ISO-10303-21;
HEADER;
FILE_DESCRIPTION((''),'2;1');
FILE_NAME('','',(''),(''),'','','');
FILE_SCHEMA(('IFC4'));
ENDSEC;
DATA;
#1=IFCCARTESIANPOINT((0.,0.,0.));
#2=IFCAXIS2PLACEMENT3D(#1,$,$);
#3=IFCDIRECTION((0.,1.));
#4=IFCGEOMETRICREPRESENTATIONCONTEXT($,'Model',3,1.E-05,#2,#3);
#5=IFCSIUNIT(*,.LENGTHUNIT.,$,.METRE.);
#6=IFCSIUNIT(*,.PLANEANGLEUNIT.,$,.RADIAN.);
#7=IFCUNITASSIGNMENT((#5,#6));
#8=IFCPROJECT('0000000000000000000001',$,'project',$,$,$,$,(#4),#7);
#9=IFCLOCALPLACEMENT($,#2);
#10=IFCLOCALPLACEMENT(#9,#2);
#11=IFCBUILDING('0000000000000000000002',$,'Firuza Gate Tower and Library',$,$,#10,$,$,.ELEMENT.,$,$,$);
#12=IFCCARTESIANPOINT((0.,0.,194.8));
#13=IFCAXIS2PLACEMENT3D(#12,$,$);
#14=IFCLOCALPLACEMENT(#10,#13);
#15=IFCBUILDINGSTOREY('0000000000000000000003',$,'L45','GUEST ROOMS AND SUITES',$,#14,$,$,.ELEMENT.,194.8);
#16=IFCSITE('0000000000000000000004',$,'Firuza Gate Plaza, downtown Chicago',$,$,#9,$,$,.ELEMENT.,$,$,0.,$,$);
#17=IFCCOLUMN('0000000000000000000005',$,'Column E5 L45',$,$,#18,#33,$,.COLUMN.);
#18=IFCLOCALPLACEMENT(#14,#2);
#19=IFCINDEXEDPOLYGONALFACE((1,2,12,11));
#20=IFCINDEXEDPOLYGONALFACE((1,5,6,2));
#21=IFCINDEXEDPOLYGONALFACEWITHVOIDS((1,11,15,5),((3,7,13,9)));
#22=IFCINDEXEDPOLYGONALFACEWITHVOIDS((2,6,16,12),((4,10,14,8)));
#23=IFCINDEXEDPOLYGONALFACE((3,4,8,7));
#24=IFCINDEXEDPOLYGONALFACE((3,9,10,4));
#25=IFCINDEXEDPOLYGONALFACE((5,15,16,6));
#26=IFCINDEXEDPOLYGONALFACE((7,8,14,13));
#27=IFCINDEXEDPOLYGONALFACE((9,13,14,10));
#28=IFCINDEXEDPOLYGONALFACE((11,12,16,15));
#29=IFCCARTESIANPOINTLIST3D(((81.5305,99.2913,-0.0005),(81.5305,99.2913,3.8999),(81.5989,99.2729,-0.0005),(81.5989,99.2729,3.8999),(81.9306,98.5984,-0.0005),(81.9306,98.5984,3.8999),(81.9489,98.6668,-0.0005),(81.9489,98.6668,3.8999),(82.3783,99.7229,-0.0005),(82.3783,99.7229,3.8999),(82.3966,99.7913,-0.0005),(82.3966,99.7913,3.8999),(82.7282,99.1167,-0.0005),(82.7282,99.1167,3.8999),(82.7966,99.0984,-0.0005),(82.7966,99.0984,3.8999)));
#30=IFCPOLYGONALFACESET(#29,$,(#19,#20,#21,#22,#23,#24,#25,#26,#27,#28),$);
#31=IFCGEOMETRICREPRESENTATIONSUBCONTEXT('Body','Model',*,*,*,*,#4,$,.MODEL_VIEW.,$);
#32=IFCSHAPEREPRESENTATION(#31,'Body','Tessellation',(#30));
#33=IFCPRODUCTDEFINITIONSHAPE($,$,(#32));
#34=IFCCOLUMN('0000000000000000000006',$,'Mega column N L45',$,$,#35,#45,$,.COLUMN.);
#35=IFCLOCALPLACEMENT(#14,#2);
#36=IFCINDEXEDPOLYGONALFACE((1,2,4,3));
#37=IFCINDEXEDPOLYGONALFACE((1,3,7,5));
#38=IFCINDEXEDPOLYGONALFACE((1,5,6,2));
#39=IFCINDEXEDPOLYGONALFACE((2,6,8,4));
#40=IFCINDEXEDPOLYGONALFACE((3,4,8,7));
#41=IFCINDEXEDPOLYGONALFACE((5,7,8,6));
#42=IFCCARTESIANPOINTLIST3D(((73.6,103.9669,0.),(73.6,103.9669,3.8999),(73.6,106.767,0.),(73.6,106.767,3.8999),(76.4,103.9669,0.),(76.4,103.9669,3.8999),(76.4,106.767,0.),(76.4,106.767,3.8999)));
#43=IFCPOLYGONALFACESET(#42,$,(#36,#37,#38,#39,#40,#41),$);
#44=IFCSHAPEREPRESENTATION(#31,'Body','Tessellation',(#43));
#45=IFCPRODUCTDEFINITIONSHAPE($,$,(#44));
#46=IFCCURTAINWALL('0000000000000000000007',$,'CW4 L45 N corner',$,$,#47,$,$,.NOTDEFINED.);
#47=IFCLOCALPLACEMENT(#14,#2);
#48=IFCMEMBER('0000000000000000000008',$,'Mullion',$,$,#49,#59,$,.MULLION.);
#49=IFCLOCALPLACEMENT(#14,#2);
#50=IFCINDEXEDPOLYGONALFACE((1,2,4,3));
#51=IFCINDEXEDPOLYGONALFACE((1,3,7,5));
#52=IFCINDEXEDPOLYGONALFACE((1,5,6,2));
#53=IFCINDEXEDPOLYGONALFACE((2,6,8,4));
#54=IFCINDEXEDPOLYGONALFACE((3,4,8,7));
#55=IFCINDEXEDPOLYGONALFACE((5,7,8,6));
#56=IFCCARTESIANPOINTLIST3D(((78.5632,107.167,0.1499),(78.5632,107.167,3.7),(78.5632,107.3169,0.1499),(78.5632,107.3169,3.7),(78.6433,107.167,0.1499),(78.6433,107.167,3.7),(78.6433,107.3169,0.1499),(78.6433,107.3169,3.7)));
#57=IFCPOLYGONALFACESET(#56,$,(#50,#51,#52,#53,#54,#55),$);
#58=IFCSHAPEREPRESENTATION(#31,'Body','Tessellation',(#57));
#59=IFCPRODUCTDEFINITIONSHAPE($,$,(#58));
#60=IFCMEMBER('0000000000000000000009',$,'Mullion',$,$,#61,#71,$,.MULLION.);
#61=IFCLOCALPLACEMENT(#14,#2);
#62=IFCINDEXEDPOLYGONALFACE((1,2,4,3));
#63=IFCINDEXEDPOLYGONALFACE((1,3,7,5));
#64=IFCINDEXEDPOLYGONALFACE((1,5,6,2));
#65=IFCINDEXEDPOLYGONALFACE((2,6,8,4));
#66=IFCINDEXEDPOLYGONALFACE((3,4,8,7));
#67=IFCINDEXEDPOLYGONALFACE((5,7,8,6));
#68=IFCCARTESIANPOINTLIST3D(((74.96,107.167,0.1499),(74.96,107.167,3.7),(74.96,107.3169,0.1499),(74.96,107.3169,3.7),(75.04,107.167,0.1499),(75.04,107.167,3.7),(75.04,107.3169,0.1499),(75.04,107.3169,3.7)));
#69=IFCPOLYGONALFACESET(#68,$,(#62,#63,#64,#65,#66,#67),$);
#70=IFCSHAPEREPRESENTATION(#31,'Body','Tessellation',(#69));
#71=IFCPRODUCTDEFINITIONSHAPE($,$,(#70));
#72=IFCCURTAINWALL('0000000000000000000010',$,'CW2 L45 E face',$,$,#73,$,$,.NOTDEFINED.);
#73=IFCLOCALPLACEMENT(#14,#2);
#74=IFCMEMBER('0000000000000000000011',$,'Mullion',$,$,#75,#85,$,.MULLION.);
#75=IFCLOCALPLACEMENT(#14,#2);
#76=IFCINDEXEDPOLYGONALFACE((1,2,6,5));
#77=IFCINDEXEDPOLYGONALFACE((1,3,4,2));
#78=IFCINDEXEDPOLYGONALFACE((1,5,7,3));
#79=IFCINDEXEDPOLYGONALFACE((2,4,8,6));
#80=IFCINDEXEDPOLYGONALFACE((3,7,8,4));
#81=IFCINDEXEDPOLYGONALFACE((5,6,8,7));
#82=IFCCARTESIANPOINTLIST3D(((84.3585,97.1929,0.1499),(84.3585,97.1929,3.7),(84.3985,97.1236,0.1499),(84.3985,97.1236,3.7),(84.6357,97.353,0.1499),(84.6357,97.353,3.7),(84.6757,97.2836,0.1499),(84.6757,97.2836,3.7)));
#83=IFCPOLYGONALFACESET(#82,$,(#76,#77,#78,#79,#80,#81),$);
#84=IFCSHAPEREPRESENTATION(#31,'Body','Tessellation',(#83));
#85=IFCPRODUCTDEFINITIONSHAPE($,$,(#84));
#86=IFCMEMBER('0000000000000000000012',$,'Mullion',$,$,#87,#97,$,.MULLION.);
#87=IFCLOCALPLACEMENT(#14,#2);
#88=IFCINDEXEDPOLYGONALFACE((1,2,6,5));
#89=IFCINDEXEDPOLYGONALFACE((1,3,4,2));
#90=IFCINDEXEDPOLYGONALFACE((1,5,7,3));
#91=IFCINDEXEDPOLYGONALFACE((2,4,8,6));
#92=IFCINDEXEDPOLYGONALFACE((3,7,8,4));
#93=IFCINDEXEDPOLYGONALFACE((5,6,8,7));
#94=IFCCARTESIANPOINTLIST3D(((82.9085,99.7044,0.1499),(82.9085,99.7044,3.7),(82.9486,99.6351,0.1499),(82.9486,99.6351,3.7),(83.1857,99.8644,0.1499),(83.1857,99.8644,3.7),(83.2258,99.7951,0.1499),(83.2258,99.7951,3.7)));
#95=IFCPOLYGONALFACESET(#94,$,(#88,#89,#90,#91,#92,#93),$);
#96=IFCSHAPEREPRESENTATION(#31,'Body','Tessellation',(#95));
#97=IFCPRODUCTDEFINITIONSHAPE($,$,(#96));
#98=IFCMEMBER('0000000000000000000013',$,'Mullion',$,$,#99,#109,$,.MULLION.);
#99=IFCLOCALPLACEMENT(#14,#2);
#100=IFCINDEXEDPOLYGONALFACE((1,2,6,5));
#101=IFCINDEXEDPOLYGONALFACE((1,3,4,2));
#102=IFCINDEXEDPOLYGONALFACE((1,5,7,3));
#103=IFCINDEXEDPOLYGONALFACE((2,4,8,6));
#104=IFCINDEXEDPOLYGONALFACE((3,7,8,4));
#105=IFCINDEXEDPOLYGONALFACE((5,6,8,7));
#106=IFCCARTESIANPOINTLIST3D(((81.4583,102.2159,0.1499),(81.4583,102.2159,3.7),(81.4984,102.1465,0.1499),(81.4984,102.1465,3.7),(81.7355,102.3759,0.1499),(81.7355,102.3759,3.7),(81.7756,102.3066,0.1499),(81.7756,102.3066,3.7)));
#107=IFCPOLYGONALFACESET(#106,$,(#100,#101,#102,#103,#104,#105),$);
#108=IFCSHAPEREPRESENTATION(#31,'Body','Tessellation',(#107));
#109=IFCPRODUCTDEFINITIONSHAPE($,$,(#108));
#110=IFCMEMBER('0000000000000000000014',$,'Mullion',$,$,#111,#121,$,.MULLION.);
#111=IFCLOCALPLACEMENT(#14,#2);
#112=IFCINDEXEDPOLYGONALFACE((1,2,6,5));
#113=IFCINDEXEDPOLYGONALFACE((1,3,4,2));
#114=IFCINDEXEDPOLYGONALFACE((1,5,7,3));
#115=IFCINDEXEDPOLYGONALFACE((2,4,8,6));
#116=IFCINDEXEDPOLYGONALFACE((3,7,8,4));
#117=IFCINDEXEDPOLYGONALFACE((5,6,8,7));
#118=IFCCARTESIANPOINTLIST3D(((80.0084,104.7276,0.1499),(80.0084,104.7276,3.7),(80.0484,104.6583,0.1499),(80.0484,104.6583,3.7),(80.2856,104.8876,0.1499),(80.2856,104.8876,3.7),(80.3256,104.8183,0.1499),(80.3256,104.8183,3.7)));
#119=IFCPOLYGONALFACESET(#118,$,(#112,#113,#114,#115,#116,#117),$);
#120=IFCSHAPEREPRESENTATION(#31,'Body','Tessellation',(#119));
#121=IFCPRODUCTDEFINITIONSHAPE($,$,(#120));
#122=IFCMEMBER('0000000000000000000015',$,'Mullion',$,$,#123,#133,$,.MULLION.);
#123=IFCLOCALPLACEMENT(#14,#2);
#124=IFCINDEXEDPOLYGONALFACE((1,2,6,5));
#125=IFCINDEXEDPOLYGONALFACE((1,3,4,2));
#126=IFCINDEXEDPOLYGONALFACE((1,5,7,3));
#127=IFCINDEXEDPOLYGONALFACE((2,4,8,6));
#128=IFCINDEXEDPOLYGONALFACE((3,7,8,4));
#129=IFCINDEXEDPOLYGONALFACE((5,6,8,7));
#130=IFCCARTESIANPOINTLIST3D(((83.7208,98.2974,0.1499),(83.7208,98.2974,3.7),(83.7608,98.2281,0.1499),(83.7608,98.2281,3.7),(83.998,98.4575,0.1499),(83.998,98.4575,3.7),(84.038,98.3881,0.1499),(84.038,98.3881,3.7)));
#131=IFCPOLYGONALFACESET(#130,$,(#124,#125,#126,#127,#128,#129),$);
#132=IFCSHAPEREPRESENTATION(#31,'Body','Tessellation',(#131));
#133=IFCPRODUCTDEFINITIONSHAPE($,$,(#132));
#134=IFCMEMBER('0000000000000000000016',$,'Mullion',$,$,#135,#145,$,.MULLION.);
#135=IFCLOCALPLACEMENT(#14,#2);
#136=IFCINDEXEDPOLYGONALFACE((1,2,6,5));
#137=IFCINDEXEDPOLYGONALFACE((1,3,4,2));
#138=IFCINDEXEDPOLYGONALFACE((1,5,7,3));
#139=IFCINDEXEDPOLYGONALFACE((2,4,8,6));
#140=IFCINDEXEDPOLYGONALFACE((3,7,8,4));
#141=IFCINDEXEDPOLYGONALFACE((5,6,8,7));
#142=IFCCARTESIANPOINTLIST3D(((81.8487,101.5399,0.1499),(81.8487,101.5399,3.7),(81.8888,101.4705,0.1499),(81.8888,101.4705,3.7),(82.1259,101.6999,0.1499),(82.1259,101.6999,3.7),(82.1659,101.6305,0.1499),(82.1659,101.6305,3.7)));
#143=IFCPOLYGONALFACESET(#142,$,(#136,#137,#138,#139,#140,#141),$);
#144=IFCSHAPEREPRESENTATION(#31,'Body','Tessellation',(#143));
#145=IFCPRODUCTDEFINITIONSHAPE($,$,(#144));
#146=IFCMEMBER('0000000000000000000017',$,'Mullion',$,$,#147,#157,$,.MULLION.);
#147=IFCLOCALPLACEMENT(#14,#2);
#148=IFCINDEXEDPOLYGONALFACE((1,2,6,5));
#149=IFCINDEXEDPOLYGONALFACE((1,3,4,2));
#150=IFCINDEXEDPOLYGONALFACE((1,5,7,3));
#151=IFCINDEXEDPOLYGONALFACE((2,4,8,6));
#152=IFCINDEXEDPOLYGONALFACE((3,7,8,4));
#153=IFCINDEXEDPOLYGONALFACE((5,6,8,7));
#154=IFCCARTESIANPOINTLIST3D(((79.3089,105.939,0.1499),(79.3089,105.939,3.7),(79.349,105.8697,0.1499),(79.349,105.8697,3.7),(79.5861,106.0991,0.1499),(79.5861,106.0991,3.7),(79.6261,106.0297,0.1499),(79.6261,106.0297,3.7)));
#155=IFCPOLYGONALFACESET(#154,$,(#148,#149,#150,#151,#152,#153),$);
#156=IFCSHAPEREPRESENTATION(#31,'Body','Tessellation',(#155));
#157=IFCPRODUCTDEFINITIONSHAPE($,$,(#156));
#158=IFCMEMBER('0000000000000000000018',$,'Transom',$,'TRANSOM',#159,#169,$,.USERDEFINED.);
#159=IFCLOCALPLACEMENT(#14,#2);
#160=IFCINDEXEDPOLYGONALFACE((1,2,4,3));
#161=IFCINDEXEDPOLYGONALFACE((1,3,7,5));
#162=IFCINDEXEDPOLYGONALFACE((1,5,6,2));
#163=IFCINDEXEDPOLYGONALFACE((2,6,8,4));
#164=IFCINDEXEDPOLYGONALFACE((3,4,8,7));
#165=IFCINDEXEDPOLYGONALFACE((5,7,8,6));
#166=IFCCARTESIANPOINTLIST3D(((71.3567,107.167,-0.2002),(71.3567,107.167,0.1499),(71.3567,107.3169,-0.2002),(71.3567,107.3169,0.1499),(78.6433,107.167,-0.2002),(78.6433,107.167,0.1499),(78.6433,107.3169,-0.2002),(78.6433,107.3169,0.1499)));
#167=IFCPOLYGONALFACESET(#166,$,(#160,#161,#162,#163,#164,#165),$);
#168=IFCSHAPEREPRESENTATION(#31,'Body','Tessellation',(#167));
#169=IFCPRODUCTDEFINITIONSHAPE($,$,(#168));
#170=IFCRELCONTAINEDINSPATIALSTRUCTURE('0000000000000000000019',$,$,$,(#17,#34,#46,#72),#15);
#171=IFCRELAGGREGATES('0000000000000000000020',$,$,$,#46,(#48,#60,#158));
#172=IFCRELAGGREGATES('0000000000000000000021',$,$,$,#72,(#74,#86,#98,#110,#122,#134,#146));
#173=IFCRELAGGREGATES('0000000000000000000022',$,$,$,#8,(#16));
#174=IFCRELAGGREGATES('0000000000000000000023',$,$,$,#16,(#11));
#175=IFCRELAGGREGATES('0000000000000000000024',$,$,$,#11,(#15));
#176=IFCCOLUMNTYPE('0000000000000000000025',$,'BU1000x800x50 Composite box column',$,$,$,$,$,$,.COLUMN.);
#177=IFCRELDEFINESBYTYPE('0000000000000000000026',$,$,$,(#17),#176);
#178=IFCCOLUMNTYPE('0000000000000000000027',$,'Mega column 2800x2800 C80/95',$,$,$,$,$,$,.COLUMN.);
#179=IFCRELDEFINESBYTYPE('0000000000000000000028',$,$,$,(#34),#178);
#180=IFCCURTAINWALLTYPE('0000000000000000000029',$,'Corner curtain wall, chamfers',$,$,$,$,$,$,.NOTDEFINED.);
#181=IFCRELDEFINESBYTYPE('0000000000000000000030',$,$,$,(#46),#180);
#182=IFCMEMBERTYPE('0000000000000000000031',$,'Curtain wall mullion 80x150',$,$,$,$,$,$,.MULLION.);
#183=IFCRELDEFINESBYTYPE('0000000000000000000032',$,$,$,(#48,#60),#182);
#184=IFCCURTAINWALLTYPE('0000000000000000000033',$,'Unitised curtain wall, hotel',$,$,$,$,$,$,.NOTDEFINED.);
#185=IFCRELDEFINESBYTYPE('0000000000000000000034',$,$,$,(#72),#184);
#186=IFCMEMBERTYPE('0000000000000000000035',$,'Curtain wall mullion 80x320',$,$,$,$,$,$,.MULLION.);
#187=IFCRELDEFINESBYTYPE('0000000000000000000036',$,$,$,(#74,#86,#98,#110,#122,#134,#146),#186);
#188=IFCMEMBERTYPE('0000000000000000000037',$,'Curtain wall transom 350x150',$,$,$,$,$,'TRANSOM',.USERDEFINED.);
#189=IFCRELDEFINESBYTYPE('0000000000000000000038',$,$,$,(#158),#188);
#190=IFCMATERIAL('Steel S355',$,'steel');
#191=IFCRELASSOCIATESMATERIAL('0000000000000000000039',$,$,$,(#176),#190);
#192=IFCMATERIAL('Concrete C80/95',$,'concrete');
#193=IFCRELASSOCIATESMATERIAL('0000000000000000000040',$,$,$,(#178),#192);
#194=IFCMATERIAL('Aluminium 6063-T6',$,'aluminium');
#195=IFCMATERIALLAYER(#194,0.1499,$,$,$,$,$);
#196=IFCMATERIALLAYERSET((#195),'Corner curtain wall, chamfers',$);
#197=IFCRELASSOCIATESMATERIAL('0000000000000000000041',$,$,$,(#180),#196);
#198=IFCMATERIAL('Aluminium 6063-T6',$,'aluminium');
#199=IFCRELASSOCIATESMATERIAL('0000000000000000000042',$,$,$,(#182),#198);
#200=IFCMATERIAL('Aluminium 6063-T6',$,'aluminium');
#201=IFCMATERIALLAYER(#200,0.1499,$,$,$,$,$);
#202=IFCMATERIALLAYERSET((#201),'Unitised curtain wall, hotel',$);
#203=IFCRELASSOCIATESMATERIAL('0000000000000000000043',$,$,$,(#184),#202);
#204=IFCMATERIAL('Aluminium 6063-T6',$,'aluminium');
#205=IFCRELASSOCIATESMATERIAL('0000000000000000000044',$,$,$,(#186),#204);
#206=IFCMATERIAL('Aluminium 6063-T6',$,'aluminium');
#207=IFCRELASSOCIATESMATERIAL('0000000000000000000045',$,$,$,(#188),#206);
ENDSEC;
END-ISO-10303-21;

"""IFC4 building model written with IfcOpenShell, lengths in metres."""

from ifc_helpers import new_model, si_unit, direction, frame, origin, origin_2d, place, context, subcontext, project, spatial, rectangle, hollow_rectangle, extrude, material, layer, layer_set, material_profile, profile_set, type_object, element, aggregate, save


model = new_model("IFC4")

# Units and contexts
model_context = context("Model", 3, precision=1e-05, world=origin(), true_north=direction((0.0, 1.0)))
body_context = subcontext(model_context, "Body", "Model", "MODEL_VIEW")
ifc_project = project(units=[si_unit("LENGTHUNIT", "METRE"), si_unit("PLANEANGLEUNIT", "RADIAN")], contexts=[model_context])

# Site, building, storey
site_placement = place(None, origin())
site = spatial("IfcSite", under=ifc_project, at=site_placement, Name="Firuza Gate Plaza, downtown Chicago", CompositionType="ELEMENT", RefElevation=0.0)
building_placement = place(site_placement, origin())
building = spatial("IfcBuilding", under=site, at=building_placement, Name="Firuza Gate Tower and Library", CompositionType="ELEMENT")
storey_placement = place(building_placement, frame((0.0, 0.0, 194.8)))
storey = spatial("IfcBuildingStorey", under=building, at=storey_placement, Name="L45", Description="GUEST ROOMS AND SUITES", CompositionType="ELEMENT", Elevation=194.8)

# Columns
ifc_material_1 = material(Name="Steel S355", Category="steel")
ifc_material_profile_1 = material_profile(ifc_material_1, hollow_rectangle(XDim=0.8, YDim=1.0, WallThickness=0.05, at=origin_2d()))
ifc_profile_set_1 = profile_set([ifc_material_profile_1], Name="Steel S355")
column_type_1 = type_object("IfcColumnType", Name="BU1000x800x50 Composite box column", PredefinedType="COLUMN", material=ifc_profile_set_1)
column_1_placement = place(storey_placement, frame((82.1636, 99.1948, -0.0005), z_axis=(0.0, 0.0, 1.0), x_axis=(-0.5, 0.866025, 0.0)))
element("IfcColumn", 1, at=column_1_placement, inside=storey, type_object=column_type_1, Name="Column E5 L45", PredefinedType="COLUMN", context=body_context, shape_type="SweptSolid", body=[
    extrude(hollow_rectangle(XDim=0.8, YDim=1.0, WallThickness=0.05, at=origin_2d()), origin(), (0.0, 0.0, 1.0), 3.9004),
])
ifc_material_2 = material(Name="Concrete C80/95", Category="concrete")
ifc_material_profile_2 = material_profile(ifc_material_2, rectangle(XDim=2.8, YDim=2.8, at=origin_2d()))
ifc_profile_set_2 = profile_set([ifc_material_profile_2], Name="Concrete C80/95")
column_type_2 = type_object("IfcColumnType", Name="Mega column 2800x2800 C80/95", PredefinedType="COLUMN", material=ifc_profile_set_2)
column_2_placement = place(storey_placement, frame((75.0, 105.3669, 0.0), z_axis=(0.0, 0.0, 1.0), x_axis=(-1.0, 0.0, 0.0)))
element("IfcColumn", 2, at=column_2_placement, inside=storey, type_object=column_type_2, Name="Mega column N L45", PredefinedType="COLUMN", context=body_context, shape_type="SweptSolid", body=[
    extrude(rectangle(XDim=2.8, YDim=2.8, at=origin_2d()), origin(), (0.0, 0.0, 1.0), 3.8999),
])

# Curtain walls, members
ifc_material_3 = material(Name="Aluminium 6063-T6", Category="aluminium")
ifc_layer_1 = layer(ifc_material_3, 0.1499)
ifc_layer_set_1 = layer_set([ifc_layer_1], Name="Corner curtain wall, chamfers")
curtain_wall_type_1 = type_object("IfcCurtainWallType", Name="Corner curtain wall, chamfers", PredefinedType="NOTDEFINED", material=ifc_layer_set_1)
placement = place(storey_placement, origin())
curtain_wall_1 = element("IfcCurtainWall", 3, at=placement, inside=storey, type_object=curtain_wall_type_1, Name="CW4 L45 N corner", PredefinedType="NOTDEFINED")
ifc_material_4 = material(Name="Aluminium 6063-T6", Category="aluminium")
ifc_material_profile_3 = material_profile(ifc_material_4, rectangle(XDim=0.1499, YDim=0.0801, at=origin_2d()))
ifc_profile_set_3 = profile_set([ifc_material_profile_3], Name="Aluminium 6063-T6")
member_type_1 = type_object("IfcMemberType", Name="Curtain wall mullion 80x150", PredefinedType="MULLION", material=ifc_profile_set_3)
member_1_placement = place(storey_placement, frame((78.6033, 107.2419, 0.1499), z_axis=(0.0, 0.0, 1.0), x_axis=(0.0, -1.0, 0.0)))
member_1 = element("IfcMember", 4, at=member_1_placement, type_object=member_type_1, Name="Mullion", PredefinedType="MULLION", context=body_context, shape_type="SweptSolid", body=[
    extrude(rectangle(XDim=0.1499, YDim=0.0801, at=origin_2d()), origin(), (0.0, 0.0, 1.0), 3.55),
])
member_2_placement = place(storey_placement, frame((75.0, 107.2419, 0.1499), z_axis=(0.0, 0.0, 1.0), x_axis=(0.0, -1.0, 0.0)))
member_2 = element("IfcMember", 5, at=member_2_placement, type_object=member_type_1, Name="Mullion", PredefinedType="MULLION", context=body_context, shape_type="SweptSolid", body=[
    extrude(rectangle(XDim=0.1499, YDim=0.0801, at=origin_2d()), origin(), (0.0, 0.0, 1.0), 3.55),
])
ifc_material_5 = material(Name="Aluminium 6063-T6", Category="aluminium")
ifc_layer_2 = layer(ifc_material_5, 0.1499)
ifc_layer_set_2 = layer_set([ifc_layer_2], Name="Unitised curtain wall, hotel")
curtain_wall_type_2 = type_object("IfcCurtainWallType", Name="Unitised curtain wall, hotel", PredefinedType="NOTDEFINED", material=ifc_layer_set_2)
curtain_wall_2 = element("IfcCurtainWall", 6, at=placement, inside=storey, type_object=curtain_wall_type_2, Name="CW2 L45 E face", PredefinedType="NOTDEFINED")
ifc_material_6 = material(Name="Aluminium 6063-T6", Category="aluminium")
ifc_material_profile_4 = material_profile(ifc_material_6, rectangle(XDim=0.3201, YDim=0.0801, at=origin_2d()))
ifc_profile_set_4 = profile_set([ifc_material_profile_4], Name="Aluminium 6063-T6")
member_type_2 = type_object("IfcMemberType", Name="Curtain wall mullion 80x320", PredefinedType="MULLION", material=ifc_profile_set_4)
member_3_placement = place(storey_placement, frame((84.5171, 97.2383, 0.1499), z_axis=(0.0, 0.0, 1.0), x_axis=(-0.866025, -0.5, 0.0)))
member_3 = element("IfcMember", 7, at=member_3_placement, type_object=member_type_2, Name="Mullion", PredefinedType="MULLION", context=body_context, shape_type="SweptSolid", body=[
    extrude(rectangle(XDim=0.3201, YDim=0.0801, at=origin_2d()), origin(), (0.0, 0.0, 1.0), 3.55),
])
member_4_placement = place(storey_placement, frame((83.0671, 99.7498, 0.1499), z_axis=(0.0, 0.0, 1.0), x_axis=(-0.866025, -0.5, 0.0)))
member_4 = element("IfcMember", 8, at=member_4_placement, type_object=member_type_2, Name="Mullion", PredefinedType="MULLION", context=body_context, shape_type="SweptSolid", body=[
    extrude(rectangle(XDim=0.3201, YDim=0.0801, at=origin_2d()), origin(), (0.0, 0.0, 1.0), 3.55),
])
member_5_placement = place(storey_placement, frame((81.6169, 102.2612, 0.1499), z_axis=(0.0, 0.0, 1.0), x_axis=(-0.866025, -0.5, 0.0)))
member_5 = element("IfcMember", 9, at=member_5_placement, type_object=member_type_2, Name="Mullion", PredefinedType="MULLION", context=body_context, shape_type="SweptSolid", body=[
    extrude(rectangle(XDim=0.3201, YDim=0.0801, at=origin_2d()), origin(), (0.0, 0.0, 1.0), 3.55),
])
member_6_placement = place(storey_placement, frame((80.167, 104.7729, 0.1499), z_axis=(0.0, 0.0, 1.0), x_axis=(-0.866025, -0.5, 0.0)))
member_6 = element("IfcMember", 10, at=member_6_placement, type_object=member_type_2, Name="Mullion", PredefinedType="MULLION", context=body_context, shape_type="SweptSolid", body=[
    extrude(rectangle(XDim=0.3201, YDim=0.0801, at=origin_2d()), origin(), (0.0, 0.0, 1.0), 3.55),
])
member_7_placement = place(storey_placement, frame((83.8794, 98.3428, 0.1499), z_axis=(0.0, 0.0, 1.0), x_axis=(-0.866025, -0.5, 0.0)))
member_7 = element("IfcMember", 11, at=member_7_placement, type_object=member_type_2, Name="Mullion", PredefinedType="MULLION", context=body_context, shape_type="SweptSolid", body=[
    extrude(rectangle(XDim=0.3201, YDim=0.0801, at=origin_2d()), origin(), (0.0, 0.0, 1.0), 3.55),
])
member_8_placement = place(storey_placement, frame((82.0073, 101.5852, 0.1499), z_axis=(0.0, 0.0, 1.0), x_axis=(-0.866025, -0.5, 0.0)))
member_8 = element("IfcMember", 12, at=member_8_placement, type_object=member_type_2, Name="Mullion", PredefinedType="MULLION", context=body_context, shape_type="SweptSolid", body=[
    extrude(rectangle(XDim=0.3201, YDim=0.0801, at=origin_2d()), origin(), (0.0, 0.0, 1.0), 3.55),
])
member_9_placement = place(storey_placement, frame((79.4675, 105.9844, 0.1499), z_axis=(0.0, 0.0, 1.0), x_axis=(-0.866025, -0.5, 0.0)))
member_9 = element("IfcMember", 13, at=member_9_placement, type_object=member_type_2, Name="Mullion", PredefinedType="MULLION", context=body_context, shape_type="SweptSolid", body=[
    extrude(rectangle(XDim=0.3201, YDim=0.0801, at=origin_2d()), origin(), (0.0, 0.0, 1.0), 3.55),
])

# Member
ifc_material_7 = material(Name="Aluminium 6063-T6", Category="aluminium")
ifc_material_profile_5 = material_profile(ifc_material_7, rectangle(XDim=0.1499, YDim=0.3501, at=origin_2d()))
ifc_profile_set_5 = profile_set([ifc_material_profile_5], Name="Aluminium 6063-T6")
member_type_3 = type_object("IfcMemberType", Name="Curtain wall transom 350x150", ElementType="TRANSOM", PredefinedType="USERDEFINED", material=ifc_profile_set_5)
member_10_placement = place(storey_placement, frame((78.6433, 107.2419, -0.0251), z_axis=(-1.0, 0.0, 0.0), x_axis=(0.0, -1.0, 0.0)))
member_10 = element("IfcMember", 14, at=member_10_placement, type_object=member_type_3, Name="Transom", ObjectType="TRANSOM", PredefinedType="USERDEFINED", context=body_context, shape_type="SweptSolid", body=[
    extrude(rectangle(XDim=0.1499, YDim=0.3501, at=origin_2d()), origin(), (0.0, 0.0, 1.0), 7.2866),
])

aggregate(curtain_wall_1, [member_1, member_2, member_10])
aggregate(curtain_wall_2, [member_3, member_4, member_5, member_6, member_7, member_8, member_9])

save(model, "model.ifc")
